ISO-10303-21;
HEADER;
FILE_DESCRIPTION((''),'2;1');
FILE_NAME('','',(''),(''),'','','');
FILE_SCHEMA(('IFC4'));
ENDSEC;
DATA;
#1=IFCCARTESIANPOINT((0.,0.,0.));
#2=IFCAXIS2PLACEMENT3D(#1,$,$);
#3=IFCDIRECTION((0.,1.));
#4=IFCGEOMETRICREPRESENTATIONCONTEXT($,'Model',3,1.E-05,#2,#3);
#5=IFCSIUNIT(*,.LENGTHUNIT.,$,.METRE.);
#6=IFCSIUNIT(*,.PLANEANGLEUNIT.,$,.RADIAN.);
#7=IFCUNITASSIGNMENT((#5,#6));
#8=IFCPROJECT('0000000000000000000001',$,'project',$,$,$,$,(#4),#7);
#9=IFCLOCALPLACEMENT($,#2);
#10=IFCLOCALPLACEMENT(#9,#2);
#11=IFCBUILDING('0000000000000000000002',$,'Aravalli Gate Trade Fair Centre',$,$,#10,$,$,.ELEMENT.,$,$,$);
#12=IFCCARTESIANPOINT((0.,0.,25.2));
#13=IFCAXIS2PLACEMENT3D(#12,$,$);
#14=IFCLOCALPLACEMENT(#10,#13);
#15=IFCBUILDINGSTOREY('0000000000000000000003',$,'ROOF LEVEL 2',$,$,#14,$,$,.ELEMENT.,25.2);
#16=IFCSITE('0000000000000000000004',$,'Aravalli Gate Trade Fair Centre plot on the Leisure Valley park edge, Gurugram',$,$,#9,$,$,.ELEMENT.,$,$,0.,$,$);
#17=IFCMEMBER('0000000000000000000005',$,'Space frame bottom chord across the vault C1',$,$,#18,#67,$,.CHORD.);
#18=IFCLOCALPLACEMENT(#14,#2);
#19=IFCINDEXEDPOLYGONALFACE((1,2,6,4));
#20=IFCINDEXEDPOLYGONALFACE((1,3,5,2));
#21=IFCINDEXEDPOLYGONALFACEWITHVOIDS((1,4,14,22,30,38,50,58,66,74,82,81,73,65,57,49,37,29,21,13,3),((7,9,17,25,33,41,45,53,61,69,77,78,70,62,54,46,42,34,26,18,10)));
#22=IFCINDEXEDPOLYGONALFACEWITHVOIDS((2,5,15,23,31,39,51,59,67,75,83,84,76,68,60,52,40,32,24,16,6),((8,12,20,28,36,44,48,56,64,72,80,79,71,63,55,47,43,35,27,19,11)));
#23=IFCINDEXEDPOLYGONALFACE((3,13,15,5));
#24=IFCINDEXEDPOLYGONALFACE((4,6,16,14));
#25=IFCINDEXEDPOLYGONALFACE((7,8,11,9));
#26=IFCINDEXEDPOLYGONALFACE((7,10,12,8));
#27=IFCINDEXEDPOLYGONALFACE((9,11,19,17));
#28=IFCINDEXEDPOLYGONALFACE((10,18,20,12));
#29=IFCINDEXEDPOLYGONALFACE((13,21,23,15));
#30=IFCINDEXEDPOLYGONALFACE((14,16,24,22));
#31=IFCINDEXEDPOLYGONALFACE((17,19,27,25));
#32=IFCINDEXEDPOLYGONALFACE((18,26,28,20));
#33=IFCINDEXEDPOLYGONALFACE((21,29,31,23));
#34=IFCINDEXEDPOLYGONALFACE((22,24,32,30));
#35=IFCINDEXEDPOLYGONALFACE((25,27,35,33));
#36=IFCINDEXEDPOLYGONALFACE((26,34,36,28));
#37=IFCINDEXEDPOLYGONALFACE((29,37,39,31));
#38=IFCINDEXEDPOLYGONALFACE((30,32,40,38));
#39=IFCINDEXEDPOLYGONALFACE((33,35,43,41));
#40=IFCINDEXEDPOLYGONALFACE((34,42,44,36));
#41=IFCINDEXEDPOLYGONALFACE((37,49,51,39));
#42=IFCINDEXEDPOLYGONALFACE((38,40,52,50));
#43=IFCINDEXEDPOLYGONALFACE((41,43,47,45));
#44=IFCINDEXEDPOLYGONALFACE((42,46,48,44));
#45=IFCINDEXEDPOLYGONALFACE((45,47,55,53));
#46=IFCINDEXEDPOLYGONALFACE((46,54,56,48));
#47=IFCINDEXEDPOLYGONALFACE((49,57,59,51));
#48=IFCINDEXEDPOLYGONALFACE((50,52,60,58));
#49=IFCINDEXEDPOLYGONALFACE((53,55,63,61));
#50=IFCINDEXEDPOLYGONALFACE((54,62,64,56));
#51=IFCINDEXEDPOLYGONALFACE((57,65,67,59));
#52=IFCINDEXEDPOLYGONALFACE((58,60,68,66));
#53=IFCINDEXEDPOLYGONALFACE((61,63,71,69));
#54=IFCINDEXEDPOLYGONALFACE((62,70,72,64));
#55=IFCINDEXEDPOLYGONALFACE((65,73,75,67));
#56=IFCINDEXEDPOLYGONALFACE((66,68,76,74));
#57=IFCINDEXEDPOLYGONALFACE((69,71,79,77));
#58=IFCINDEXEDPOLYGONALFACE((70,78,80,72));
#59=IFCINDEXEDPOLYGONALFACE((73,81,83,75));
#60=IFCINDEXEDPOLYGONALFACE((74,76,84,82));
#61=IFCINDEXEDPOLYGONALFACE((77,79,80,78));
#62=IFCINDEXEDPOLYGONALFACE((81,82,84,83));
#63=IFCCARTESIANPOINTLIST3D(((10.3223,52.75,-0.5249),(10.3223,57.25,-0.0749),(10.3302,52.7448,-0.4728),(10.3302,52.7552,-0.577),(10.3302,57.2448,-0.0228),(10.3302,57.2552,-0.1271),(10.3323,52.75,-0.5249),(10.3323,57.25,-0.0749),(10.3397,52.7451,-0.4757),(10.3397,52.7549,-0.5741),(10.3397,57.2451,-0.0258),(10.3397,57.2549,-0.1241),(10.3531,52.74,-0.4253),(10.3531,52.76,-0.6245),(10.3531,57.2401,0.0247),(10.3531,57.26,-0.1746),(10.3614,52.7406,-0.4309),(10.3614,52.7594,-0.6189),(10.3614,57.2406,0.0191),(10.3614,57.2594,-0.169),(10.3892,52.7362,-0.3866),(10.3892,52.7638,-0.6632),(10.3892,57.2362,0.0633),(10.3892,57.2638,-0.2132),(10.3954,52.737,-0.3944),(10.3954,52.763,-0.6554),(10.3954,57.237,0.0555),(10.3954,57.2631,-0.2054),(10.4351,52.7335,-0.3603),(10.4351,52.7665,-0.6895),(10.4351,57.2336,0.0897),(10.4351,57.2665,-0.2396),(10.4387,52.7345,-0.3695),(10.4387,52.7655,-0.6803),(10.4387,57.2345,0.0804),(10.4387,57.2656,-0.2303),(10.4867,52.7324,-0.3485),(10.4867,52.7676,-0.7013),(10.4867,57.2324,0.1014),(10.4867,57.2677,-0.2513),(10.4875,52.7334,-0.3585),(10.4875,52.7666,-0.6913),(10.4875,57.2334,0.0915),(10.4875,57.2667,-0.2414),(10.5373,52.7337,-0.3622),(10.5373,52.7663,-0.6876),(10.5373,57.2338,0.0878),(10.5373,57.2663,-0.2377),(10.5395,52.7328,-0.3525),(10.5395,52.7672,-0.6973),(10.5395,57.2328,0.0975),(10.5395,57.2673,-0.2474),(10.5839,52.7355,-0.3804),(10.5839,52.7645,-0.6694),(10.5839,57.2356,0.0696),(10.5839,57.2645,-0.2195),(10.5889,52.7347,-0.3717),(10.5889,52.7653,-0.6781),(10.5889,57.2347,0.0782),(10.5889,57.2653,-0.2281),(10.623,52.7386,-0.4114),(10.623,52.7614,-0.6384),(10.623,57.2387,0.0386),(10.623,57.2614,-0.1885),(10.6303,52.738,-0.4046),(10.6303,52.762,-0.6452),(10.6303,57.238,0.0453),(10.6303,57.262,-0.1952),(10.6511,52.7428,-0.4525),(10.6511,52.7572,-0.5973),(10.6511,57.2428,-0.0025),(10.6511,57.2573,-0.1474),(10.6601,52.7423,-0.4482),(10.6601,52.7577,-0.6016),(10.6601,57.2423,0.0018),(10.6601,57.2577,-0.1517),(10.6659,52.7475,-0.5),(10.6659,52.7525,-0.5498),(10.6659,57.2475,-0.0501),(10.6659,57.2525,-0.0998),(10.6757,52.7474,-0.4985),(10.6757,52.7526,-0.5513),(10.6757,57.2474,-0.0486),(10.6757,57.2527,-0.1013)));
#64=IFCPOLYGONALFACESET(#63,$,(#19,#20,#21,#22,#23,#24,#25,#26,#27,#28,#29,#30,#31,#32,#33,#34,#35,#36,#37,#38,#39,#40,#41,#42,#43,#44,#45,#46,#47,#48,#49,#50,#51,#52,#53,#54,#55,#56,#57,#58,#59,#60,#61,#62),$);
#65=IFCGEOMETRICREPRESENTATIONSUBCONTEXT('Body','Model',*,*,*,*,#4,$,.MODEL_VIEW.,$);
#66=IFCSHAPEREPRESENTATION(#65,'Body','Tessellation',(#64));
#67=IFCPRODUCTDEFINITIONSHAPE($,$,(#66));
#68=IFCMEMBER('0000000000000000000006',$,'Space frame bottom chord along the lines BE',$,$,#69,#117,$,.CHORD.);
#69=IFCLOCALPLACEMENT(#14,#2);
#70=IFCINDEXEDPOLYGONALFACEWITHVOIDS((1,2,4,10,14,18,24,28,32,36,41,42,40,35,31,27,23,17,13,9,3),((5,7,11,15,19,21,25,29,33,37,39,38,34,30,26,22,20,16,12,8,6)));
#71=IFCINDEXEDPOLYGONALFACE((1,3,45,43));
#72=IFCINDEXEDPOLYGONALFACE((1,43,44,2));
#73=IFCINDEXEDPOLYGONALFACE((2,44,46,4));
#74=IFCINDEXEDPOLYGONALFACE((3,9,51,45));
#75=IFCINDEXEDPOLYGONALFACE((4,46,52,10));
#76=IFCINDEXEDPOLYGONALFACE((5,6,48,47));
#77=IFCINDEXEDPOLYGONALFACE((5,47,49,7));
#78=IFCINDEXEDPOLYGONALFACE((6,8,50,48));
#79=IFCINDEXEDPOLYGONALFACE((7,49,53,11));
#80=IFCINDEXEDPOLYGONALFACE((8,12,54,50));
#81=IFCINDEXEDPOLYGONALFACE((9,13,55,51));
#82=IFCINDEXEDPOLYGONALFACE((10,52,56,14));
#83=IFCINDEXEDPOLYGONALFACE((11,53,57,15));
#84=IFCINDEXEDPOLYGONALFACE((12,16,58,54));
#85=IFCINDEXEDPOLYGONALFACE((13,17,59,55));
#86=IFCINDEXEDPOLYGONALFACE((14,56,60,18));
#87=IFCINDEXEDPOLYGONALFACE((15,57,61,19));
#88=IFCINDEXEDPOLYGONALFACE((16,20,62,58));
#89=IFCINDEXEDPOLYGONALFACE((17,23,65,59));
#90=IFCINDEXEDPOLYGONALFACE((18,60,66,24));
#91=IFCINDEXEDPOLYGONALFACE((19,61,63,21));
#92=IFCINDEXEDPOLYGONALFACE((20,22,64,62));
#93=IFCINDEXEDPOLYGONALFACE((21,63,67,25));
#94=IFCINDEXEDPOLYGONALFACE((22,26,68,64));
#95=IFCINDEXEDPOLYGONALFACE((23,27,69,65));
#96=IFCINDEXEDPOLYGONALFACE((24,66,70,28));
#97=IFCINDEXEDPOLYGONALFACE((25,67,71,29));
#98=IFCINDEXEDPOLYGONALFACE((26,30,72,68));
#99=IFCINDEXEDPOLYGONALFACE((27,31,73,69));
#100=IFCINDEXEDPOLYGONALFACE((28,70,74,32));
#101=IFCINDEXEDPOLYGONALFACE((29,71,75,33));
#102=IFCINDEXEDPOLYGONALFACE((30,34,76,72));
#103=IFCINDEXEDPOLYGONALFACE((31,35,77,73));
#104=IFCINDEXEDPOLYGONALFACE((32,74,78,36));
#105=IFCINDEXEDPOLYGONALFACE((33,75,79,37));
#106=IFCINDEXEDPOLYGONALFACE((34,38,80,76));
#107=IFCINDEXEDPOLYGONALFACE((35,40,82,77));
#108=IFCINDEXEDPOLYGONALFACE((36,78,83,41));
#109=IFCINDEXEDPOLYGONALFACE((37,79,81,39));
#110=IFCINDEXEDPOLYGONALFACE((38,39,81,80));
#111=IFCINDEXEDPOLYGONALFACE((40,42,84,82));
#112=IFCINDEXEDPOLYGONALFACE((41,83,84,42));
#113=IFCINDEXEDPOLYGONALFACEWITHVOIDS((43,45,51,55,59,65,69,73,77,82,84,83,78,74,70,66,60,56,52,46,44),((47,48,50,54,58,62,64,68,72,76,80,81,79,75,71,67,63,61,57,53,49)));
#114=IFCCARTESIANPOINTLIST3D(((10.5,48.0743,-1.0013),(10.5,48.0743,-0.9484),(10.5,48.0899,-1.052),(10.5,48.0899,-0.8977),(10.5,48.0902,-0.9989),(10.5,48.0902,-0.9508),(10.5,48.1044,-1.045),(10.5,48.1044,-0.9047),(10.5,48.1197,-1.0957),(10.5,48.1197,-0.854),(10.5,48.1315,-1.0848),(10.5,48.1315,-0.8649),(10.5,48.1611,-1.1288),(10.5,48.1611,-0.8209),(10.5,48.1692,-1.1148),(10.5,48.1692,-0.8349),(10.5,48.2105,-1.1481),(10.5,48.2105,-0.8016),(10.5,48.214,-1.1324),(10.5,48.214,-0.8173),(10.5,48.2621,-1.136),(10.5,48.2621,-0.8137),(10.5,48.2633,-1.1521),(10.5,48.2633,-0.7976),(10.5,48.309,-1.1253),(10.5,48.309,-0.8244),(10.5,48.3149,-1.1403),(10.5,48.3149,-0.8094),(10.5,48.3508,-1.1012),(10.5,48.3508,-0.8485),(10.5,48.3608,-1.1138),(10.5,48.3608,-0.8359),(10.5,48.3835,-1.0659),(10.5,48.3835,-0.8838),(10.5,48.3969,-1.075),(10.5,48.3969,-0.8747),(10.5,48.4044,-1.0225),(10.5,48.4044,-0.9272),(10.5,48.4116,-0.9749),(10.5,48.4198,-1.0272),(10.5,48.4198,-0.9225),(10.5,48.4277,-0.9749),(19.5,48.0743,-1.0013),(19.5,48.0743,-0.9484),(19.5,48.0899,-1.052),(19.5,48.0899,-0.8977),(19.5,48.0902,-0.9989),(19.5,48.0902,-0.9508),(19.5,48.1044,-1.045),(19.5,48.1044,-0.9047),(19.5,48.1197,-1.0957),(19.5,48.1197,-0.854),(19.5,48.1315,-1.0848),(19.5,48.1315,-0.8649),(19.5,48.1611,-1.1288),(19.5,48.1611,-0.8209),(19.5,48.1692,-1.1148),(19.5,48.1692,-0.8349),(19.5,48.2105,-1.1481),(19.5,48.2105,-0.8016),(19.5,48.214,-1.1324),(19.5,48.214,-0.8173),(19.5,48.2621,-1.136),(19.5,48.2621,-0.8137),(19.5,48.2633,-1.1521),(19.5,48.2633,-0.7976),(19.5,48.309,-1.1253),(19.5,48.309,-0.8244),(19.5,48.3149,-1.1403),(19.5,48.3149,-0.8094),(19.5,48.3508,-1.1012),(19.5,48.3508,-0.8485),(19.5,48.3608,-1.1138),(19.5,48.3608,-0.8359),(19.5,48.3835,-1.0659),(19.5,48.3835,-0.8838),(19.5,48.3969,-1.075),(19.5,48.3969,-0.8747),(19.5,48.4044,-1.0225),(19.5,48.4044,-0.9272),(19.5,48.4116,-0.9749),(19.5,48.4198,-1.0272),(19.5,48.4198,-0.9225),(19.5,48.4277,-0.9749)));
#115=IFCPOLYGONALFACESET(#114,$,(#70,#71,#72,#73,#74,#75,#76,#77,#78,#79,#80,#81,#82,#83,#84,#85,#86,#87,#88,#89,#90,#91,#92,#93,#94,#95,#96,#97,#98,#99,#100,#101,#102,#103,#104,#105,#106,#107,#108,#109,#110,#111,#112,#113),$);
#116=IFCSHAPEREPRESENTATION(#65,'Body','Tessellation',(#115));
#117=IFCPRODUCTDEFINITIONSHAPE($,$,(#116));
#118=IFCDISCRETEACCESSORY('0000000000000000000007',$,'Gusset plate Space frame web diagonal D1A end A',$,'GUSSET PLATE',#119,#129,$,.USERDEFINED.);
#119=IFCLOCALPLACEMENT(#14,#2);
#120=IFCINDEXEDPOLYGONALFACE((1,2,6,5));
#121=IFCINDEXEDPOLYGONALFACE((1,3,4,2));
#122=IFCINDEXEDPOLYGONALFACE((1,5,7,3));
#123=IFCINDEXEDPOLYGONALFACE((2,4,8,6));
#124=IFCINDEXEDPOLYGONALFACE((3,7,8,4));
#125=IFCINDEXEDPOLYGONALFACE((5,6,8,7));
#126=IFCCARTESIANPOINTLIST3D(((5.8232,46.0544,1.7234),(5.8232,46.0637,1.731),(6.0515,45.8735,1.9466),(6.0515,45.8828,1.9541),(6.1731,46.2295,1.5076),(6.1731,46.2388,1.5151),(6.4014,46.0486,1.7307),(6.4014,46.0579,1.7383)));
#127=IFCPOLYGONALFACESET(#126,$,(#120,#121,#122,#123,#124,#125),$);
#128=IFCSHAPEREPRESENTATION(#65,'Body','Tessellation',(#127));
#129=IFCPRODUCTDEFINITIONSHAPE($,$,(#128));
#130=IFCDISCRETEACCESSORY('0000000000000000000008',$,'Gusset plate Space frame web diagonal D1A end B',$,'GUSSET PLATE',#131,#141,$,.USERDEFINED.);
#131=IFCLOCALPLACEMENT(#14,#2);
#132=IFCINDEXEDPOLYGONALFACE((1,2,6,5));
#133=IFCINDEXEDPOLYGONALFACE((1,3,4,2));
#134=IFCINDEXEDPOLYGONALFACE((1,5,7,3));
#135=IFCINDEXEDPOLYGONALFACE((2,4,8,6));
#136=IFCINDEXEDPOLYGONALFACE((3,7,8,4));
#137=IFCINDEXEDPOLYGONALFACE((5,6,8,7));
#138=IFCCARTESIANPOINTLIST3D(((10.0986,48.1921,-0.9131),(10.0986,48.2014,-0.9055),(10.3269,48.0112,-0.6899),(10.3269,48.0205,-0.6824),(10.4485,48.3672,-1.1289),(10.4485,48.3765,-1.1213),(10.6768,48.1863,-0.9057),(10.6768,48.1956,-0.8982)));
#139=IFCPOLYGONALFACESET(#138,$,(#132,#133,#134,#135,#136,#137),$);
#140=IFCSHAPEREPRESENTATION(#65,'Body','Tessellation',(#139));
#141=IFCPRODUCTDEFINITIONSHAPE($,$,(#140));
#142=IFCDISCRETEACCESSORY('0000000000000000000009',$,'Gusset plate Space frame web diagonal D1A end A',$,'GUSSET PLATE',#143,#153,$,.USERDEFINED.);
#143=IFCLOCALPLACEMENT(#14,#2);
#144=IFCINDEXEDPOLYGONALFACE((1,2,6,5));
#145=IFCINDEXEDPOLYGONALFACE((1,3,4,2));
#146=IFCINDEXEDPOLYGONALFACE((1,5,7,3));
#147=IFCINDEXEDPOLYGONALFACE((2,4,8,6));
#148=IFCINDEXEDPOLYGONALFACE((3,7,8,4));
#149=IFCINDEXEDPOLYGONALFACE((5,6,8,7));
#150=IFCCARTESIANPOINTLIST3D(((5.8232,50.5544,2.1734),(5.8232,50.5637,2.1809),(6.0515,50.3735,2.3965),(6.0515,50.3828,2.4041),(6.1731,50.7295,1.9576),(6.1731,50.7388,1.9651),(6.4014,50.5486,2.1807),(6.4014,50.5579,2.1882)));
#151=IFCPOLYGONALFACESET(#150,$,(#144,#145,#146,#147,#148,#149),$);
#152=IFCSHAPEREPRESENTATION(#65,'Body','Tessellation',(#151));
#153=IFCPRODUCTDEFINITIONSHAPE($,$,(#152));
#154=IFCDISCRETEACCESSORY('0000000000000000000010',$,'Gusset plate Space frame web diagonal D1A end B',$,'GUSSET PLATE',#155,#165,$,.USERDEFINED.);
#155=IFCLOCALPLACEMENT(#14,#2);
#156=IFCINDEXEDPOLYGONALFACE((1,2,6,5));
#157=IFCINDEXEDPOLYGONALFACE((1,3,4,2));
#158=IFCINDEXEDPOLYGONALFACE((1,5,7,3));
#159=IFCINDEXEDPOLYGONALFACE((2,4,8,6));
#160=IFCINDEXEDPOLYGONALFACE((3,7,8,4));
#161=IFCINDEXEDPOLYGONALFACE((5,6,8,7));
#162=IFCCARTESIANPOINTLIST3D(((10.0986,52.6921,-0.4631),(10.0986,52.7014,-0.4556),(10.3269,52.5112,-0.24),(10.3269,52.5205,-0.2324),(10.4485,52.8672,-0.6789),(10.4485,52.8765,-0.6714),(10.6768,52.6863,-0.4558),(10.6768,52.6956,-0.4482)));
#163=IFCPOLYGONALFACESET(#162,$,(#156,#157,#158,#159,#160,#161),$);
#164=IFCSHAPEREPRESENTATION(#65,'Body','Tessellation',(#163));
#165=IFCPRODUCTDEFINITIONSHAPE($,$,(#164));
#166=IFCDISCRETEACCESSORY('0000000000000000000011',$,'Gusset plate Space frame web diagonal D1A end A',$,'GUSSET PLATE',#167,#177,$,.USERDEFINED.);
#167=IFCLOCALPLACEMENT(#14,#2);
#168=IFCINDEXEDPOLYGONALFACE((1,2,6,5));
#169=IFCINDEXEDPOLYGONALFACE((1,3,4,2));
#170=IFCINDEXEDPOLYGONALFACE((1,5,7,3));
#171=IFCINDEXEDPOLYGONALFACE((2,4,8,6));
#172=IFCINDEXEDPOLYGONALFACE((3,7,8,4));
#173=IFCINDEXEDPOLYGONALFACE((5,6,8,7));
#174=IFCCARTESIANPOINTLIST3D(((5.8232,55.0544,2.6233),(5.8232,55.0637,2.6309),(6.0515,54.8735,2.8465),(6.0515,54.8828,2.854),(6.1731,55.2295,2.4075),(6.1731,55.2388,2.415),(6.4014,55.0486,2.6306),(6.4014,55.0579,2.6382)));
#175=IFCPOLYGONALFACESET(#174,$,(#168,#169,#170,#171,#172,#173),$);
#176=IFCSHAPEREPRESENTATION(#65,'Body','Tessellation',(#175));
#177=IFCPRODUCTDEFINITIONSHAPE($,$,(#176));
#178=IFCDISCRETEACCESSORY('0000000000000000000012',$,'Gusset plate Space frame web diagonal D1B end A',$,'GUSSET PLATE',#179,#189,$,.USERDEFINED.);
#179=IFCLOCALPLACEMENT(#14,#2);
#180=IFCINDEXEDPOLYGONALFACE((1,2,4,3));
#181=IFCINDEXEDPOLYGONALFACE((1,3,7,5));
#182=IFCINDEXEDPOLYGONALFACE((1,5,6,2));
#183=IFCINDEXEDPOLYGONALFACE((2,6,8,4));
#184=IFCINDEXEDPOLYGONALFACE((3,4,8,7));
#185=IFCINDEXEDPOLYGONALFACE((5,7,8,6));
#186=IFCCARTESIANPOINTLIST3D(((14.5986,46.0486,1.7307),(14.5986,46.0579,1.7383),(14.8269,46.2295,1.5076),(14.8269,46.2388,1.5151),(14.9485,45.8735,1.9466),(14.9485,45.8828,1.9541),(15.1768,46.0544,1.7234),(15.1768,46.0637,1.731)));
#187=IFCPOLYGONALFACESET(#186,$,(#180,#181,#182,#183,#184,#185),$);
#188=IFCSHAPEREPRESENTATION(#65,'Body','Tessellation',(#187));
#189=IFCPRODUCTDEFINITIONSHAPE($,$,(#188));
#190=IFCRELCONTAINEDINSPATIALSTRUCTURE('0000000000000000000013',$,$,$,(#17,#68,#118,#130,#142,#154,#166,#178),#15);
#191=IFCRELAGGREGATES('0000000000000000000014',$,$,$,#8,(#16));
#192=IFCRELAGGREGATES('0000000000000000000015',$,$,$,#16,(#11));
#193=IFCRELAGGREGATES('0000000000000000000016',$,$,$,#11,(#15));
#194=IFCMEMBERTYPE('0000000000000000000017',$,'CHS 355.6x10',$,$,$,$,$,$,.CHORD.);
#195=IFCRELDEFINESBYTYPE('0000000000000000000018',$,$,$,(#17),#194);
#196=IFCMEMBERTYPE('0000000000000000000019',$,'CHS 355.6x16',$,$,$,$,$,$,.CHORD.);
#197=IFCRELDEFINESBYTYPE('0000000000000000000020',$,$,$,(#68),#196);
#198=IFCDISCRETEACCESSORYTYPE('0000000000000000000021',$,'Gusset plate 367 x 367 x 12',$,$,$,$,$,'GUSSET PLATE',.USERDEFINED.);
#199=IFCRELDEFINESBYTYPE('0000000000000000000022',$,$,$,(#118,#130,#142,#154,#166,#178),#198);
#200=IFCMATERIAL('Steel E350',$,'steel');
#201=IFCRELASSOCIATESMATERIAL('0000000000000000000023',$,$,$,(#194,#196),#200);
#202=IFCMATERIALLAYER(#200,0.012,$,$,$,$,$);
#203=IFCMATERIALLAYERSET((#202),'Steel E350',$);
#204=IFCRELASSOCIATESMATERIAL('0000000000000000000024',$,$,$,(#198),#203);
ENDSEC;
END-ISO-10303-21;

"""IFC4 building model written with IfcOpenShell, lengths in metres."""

from ifc_helpers import new_model, si_unit, direction, frame, origin, origin_2d, place, context, subcontext, project, spatial, polyline, hollow_circle, outline, extrude, material, layer, layer_set, material_profile, profile_set, type_object, element, save


model = new_model("IFC4")

# Units and contexts
model_context = context("Model", 3, precision=1e-05, world=origin(), true_north=direction((0.0, 1.0)))
body_context = subcontext(model_context, "Body", "Model", "MODEL_VIEW")
ifc_project = project(units=[si_unit("LENGTHUNIT", "METRE"), si_unit("PLANEANGLEUNIT", "RADIAN")], contexts=[model_context])

# Site, building, storey
site_placement = place(None, origin())
site = spatial("IfcSite", under=ifc_project, at=site_placement, Name="Aravalli Gate Trade Fair Centre plot on the Leisure Valley park edge, Gurugram", CompositionType="ELEMENT", RefElevation=0.0)
building_placement = place(site_placement, origin())
building = spatial("IfcBuilding", under=site, at=building_placement, Name="Aravalli Gate Trade Fair Centre", CompositionType="ELEMENT")
storey_placement = place(building_placement, frame((0.0, 0.0, 25.2)))
storey = spatial("IfcBuildingStorey", under=building, at=storey_placement, Name="ROOF LEVEL 2", CompositionType="ELEMENT", Elevation=25.2)

# Members
ifc_material = material(Name="Steel E350", Category="steel")
ifc_material_profile_1 = material_profile(ifc_material, hollow_circle(Radius=0.1777, WallThickness=0.01, at=origin_2d()), Name="CHS 355.6x10")
ifc_profile_set_1 = profile_set([ifc_material_profile_1], Name="Steel E350")
member_type_1 = type_object("IfcMemberType", Name="CHS 355.6x10", PredefinedType="CHORD", material=ifc_profile_set_1)
for number, where, z_axis, x_axis, name in (
    (1, (10.5, 52.75, -0.5249), (0.0, 0.995038, 0.099493), (-1.0, 0.0, 0.0), "Space frame bottom chord across the vault C1"),
):
    element("IfcMember", number, at=place(storey_placement, frame(where, z_axis=z_axis, x_axis=x_axis)), inside=storey, type_object=member_type_1, Name=name, PredefinedType="CHORD", context=body_context, shape_type="SweptSolid", body=[
        extrude(hollow_circle(Radius=0.1777, WallThickness=0.01, at=origin_2d()), origin(), (0.0, 0.0, 1.0), 4.5225),
    ])
ifc_material_profile_2 = material_profile(ifc_material, hollow_circle(Radius=0.1777, WallThickness=0.0161, at=origin_2d()), Name="CHS 355.6x16")
ifc_profile_set_2 = profile_set([ifc_material_profile_2], Name="Steel E350")
member_type_2 = type_object("IfcMemberType", Name="CHS 355.6x16", PredefinedType="CHORD", material=ifc_profile_set_2)
member_1_placement = place(storey_placement, frame((10.5, 48.25, -0.9749), z_axis=(1.0, 0.0, 0.0), x_axis=(0.0, 1.0, 0.0)))
element("IfcMember", 2, at=member_1_placement, inside=storey, type_object=member_type_2, Name="Space frame bottom chord along the lines BE", PredefinedType="CHORD", context=body_context, shape_type="SweptSolid", body=[
    extrude(hollow_circle(Radius=0.1777, WallThickness=0.0161, at=origin_2d()), origin(), (0.0, 0.0, 1.0), 9.0),
])

# Discrete accessories
ifc_layer = layer(ifc_material, 0.012)
ifc_layer_set = layer_set([ifc_layer], Name="Steel E350")
discrete_accessory_type = type_object("IfcDiscreteAccessoryType", Name="Gusset plate 367 x 367 x 12", ElementType="GUSSET PLATE", PredefinedType="USERDEFINED", material=ifc_layer_set)
discrete_accessory_1_placement = place(storey_placement, frame((6.1731, 46.2388, 1.5151), z_axis=(-0.000107, 0.776736, 0.629826), x_axis=(-0.783044, -0.391795, 0.48305)))
element("IfcDiscreteAccessory", 3, at=discrete_accessory_1_placement, inside=storey, type_object=discrete_accessory_type, Name="Gusset plate Space frame web diagonal D1A end A", ObjectType="GUSSET PLATE", PredefinedType="USERDEFINED", context=body_context, shape_type="SweptSolid", body=[
    extrude(outline(polyline([(0.0, 0.0), (0.4468, 0.0), (0.4467, 0.3669), (-0.0001, 0.3669), (0.0, 0.0)])), origin(), (0.0, 0.0, -1.0), 0.012),
])
discrete_accessory_2_placement = place(storey_placement, frame((10.0986, 48.2014, -0.9055), z_axis=(-0.000107, 0.776736, 0.629826), x_axis=(0.783044, 0.391795, -0.48305)))
element("IfcDiscreteAccessory", 4, at=discrete_accessory_2_placement, inside=storey, type_object=discrete_accessory_type, Name="Gusset plate Space frame web diagonal D1A end B", ObjectType="GUSSET PLATE", PredefinedType="USERDEFINED", context=body_context, shape_type="SweptSolid", body=[
    extrude(outline(polyline([(0.0, 0.0), (0.4468, 0.0), (0.4469, -0.3669), (0.0001, -0.3669), (0.0, 0.0)])), origin(), (0.0, 0.0, -1.0), 0.012),
])
discrete_accessory_3_placement = place(storey_placement, frame((6.1731, 50.7388, 1.9651), z_axis=(-0.000107, 0.776736, 0.629826), x_axis=(-0.783044, -0.391795, 0.48305)))
element("IfcDiscreteAccessory", 5, at=discrete_accessory_3_placement, inside=storey, type_object=discrete_accessory_type, Name="Gusset plate Space frame web diagonal D1A end A", ObjectType="GUSSET PLATE", PredefinedType="USERDEFINED", context=body_context, shape_type="SweptSolid", body=[
    extrude(outline(polyline([(0.0, 0.0), (0.4468, 0.0), (0.4467, 0.3669), (-0.0001, 0.3669), (0.0, 0.0)])), origin(), (0.0, 0.0, -1.0), 0.012),
])
discrete_accessory_4_placement = place(storey_placement, frame((10.0986, 52.7014, -0.4556), z_axis=(-0.000107, 0.776736, 0.629826), x_axis=(0.783044, 0.391795, -0.48305)))
element("IfcDiscreteAccessory", 6, at=discrete_accessory_4_placement, inside=storey, type_object=discrete_accessory_type, Name="Gusset plate Space frame web diagonal D1A end B", ObjectType="GUSSET PLATE", PredefinedType="USERDEFINED", context=body_context, shape_type="SweptSolid", body=[
    extrude(outline(polyline([(0.0, 0.0), (0.4468, 0.0), (0.4469, -0.3669), (0.0001, -0.3669), (0.0, 0.0)])), origin(), (0.0, 0.0, -1.0), 0.012),
])
discrete_accessory_5_placement = place(storey_placement, frame((6.1731, 55.2388, 2.415), z_axis=(-0.000107, 0.776736, 0.629826), x_axis=(-0.783044, -0.391795, 0.48305)))
element("IfcDiscreteAccessory", 7, at=discrete_accessory_5_placement, inside=storey, type_object=discrete_accessory_type, Name="Gusset plate Space frame web diagonal D1A end A", ObjectType="GUSSET PLATE", PredefinedType="USERDEFINED", context=body_context, shape_type="SweptSolid", body=[
    extrude(outline(polyline([(0.0, 0.0), (0.4468, 0.0), (0.4467, 0.3669), (-0.0001, 0.3669), (0.0, 0.0)])), origin(), (0.0, 0.0, -1.0), 0.012),
])
discrete_accessory_6_placement = place(storey_placement, frame((14.5986, 46.0579, 1.7383), z_axis=(0.000107, 0.776736, 0.629826), x_axis=(0.783044, -0.391795, 0.48305)))
element("IfcDiscreteAccessory", 8, at=discrete_accessory_6_placement, inside=storey, type_object=discrete_accessory_type, Name="Gusset plate Space frame web diagonal D1B end A", ObjectType="GUSSET PLATE", PredefinedType="USERDEFINED", context=body_context, shape_type="SweptSolid", body=[
    extrude(outline(polyline([(0.0, 0.0), (0.4468, 0.0), (0.4469, 0.3669), (0.0001, 0.3669), (0.0, 0.0)])), origin(), (0.0, 0.0, -1.0), 0.012),
])

save(model, "model.ifc")
